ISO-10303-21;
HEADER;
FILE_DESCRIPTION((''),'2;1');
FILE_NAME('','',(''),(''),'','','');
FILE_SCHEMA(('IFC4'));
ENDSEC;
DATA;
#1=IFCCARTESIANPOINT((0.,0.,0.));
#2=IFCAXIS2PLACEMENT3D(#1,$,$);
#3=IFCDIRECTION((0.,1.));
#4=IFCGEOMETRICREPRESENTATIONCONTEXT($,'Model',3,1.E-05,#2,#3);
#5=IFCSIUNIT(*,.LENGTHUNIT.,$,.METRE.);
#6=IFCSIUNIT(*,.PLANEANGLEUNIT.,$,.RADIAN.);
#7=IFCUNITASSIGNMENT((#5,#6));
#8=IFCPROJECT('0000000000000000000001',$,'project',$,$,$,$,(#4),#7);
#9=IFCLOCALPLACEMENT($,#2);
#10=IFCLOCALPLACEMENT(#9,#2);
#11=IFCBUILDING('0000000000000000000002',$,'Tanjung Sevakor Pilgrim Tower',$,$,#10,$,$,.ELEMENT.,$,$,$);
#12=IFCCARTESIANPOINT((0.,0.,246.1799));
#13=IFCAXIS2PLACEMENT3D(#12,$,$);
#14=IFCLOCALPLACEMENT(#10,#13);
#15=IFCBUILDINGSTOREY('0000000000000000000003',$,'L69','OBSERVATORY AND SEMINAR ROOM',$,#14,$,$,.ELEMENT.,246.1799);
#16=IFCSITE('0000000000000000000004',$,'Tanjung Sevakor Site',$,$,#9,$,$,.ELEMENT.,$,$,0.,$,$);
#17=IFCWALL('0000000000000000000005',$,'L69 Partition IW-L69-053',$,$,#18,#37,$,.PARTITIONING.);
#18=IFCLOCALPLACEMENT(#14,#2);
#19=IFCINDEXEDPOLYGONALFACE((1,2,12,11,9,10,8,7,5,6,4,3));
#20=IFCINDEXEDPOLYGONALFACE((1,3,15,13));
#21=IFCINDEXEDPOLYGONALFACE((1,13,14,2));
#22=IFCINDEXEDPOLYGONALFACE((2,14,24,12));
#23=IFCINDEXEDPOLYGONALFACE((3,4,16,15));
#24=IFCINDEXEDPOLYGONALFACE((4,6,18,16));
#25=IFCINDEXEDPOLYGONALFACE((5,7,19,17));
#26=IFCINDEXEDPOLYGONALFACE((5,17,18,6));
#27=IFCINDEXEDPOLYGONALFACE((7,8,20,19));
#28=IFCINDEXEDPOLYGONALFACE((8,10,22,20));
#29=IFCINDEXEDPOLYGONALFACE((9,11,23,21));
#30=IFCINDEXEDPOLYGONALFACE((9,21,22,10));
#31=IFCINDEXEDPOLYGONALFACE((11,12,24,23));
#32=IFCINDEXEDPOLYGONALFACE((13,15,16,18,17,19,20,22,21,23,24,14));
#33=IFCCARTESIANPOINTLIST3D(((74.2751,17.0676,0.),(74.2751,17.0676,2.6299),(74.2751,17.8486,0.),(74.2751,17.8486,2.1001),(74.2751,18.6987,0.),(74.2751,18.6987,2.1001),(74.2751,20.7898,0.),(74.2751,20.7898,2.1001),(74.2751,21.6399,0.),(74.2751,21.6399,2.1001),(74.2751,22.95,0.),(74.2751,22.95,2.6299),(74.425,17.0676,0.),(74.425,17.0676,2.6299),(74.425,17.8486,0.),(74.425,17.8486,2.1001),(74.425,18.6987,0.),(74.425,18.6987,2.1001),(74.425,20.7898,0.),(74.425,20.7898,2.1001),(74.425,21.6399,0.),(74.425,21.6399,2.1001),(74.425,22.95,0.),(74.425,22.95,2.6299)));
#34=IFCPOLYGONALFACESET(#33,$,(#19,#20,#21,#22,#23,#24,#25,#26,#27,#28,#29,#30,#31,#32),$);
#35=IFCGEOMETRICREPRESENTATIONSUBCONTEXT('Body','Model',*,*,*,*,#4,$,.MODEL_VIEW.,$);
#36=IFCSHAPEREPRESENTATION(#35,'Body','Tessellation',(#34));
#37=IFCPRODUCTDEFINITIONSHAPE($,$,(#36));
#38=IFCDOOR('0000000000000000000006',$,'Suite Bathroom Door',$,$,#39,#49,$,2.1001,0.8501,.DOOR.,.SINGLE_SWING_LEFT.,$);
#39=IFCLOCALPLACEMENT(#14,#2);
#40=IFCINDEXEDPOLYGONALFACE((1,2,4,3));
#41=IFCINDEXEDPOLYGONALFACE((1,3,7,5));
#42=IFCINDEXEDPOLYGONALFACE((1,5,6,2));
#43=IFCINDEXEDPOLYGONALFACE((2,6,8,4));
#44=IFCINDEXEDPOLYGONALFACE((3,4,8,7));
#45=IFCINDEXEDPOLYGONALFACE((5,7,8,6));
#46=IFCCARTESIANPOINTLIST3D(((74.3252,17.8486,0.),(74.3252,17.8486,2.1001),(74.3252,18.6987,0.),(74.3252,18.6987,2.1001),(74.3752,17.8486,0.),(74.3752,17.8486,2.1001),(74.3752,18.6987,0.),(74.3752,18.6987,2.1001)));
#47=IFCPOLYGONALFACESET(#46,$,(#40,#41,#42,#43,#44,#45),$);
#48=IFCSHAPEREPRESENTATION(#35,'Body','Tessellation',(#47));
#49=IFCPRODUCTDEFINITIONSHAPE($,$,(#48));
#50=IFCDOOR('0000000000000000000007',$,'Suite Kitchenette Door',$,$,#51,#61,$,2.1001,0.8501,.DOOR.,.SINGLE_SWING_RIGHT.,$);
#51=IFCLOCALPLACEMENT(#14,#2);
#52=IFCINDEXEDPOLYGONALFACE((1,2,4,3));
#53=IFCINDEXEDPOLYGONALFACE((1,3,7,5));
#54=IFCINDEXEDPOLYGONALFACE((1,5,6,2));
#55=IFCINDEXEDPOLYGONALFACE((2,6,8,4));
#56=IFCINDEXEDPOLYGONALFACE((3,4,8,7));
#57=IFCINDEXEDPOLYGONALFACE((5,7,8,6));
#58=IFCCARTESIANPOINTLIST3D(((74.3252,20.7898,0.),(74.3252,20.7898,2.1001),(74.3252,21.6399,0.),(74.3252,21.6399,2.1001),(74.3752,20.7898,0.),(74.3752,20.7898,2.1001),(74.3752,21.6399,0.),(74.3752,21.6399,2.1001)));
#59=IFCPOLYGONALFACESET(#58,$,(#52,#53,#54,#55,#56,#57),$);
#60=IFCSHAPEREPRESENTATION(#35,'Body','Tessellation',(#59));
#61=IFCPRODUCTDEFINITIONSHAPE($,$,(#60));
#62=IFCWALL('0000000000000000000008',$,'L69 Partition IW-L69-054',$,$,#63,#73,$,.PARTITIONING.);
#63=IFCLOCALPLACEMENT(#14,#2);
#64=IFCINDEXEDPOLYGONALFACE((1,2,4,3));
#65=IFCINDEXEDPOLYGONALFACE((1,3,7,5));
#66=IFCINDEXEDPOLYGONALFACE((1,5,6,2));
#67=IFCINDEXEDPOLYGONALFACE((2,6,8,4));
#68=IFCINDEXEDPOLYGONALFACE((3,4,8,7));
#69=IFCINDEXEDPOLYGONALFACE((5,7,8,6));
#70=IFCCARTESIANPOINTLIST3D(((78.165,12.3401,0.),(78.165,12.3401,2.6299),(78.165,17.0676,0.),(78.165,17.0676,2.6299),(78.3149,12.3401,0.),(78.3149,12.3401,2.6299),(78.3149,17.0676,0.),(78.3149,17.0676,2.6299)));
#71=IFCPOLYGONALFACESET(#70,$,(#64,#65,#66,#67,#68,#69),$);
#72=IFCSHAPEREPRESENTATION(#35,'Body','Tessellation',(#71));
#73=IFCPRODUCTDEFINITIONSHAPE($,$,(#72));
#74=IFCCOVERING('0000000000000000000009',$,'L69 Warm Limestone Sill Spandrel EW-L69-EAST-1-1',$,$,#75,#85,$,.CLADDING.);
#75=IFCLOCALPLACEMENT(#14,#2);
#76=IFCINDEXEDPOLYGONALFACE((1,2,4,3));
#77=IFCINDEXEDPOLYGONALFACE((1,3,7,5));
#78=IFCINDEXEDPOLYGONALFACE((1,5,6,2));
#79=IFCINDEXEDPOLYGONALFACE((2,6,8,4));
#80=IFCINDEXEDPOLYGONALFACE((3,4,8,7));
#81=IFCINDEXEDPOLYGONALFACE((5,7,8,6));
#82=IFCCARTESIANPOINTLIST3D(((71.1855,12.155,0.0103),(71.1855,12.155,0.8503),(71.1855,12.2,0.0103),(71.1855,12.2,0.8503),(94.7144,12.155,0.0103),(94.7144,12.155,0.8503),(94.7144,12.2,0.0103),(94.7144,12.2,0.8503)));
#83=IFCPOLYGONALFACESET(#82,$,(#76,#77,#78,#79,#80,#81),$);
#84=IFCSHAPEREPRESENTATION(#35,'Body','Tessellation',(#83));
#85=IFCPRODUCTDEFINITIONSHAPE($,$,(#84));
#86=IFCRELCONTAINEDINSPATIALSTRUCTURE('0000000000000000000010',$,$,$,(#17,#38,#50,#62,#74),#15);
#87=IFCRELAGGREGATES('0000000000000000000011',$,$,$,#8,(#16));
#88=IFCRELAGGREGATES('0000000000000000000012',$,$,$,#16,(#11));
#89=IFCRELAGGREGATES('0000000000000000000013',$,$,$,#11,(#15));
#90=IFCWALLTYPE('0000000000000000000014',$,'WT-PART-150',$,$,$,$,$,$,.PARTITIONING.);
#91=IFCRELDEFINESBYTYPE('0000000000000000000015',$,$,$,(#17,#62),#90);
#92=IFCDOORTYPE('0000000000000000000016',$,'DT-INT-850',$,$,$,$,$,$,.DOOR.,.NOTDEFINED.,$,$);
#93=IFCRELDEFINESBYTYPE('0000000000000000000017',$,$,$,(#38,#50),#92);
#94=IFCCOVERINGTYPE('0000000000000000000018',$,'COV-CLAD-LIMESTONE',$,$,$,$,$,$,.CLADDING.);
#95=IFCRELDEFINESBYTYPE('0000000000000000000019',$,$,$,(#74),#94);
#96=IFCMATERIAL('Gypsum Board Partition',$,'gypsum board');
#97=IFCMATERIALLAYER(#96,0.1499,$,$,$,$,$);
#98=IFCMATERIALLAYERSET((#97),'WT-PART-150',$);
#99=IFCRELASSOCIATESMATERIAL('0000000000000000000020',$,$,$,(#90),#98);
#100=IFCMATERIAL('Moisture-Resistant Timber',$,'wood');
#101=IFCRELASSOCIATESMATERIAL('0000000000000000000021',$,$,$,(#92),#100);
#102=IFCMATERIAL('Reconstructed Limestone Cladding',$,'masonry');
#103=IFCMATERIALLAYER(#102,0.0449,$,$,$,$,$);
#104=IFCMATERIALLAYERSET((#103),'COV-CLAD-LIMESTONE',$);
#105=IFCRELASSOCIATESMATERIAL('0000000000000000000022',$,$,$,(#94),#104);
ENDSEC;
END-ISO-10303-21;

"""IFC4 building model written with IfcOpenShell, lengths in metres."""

from ifc_helpers import new_model, si_unit, direction, frame, frame_2d, origin, origin_2d, place, context, subcontext, project, spatial, rectangle, extrude, material, layer, layer_set, type_object, element, fill, save


model = new_model("IFC4")

# Units and contexts
model_context = context("Model", 3, precision=1e-05, world=origin(), true_north=direction((0.0, 1.0)))
body_context = subcontext(model_context, "Body", "Model", "MODEL_VIEW")
ifc_project = project(units=[si_unit("LENGTHUNIT", "METRE"), si_unit("PLANEANGLEUNIT", "RADIAN")], contexts=[model_context])

# Site, building, storey
site_placement = place(None, origin())
site = spatial("IfcSite", under=ifc_project, at=site_placement, Name="Tanjung Sevakor Site", CompositionType="ELEMENT", RefElevation=0.0)
building_placement = place(site_placement, origin())
building = spatial("IfcBuilding", under=site, at=building_placement, Name="Tanjung Sevakor Pilgrim Tower", CompositionType="ELEMENT")
storey_placement = place(building_placement, frame((0.0, 0.0, 246.1799)))
storey = spatial("IfcBuildingStorey", under=building, at=storey_placement, Name="L69", Description="OBSERVATORY AND SEMINAR ROOM", CompositionType="ELEMENT", Elevation=246.1799)

# Wall, openings, doors
ifc_material_1 = material(Name="Gypsum Board Partition", Category="gypsum board")
ifc_layer_1 = layer(ifc_material_1, 0.1499)
ifc_layer_set_1 = layer_set([ifc_layer_1], Name="WT-PART-150")
wall_type_1 = type_object("IfcWallType", Name="WT-PART-150", PredefinedType="PARTITIONING", material=ifc_layer_set_1)
wall_1_placement = place(storey_placement, frame((74.3501, 17.0676, 0.0), z_axis=(0.0, 0.0, 1.0), x_axis=(0.0, 1.0, 0.0)))
wall_1 = element("IfcWall", 1, at=wall_1_placement, inside=storey, type_object=wall_type_1, Name="L69 Partition IW-L69-053", PredefinedType="PARTITIONING", context=body_context, shape_type="SweptSolid", body=[
    extrude(rectangle(XDim=5.8823, YDim=0.1499, at=frame_2d((2.9412, 0.0))), origin(), (0.0, 0.0, 1.0), 2.6299),
])
opening_1_placement = place(wall_1_placement, frame((0.781, 0.0, 0.0)))
opening_1 = element("IfcOpeningElement", 2, at=opening_1_placement, cuts=wall_1, PredefinedType="OPENING", context=body_context, shape_type="SweptSolid", body=[
    extrude(rectangle(XDim=0.8501, YDim=2.1001, at=frame_2d((0.425, 1.05))), frame((0.0, 0.085, 0.0), z_axis=(0.0, -1.0, 0.0), x_axis=(1.0, 0.0, 0.0)), (0.0, 0.0, 1.0), 0.1699),
])
opening_2_placement = place(wall_1_placement, frame((3.7222, 0.0, 0.0)))
opening_2 = element("IfcOpeningElement", 3, at=opening_2_placement, cuts=wall_1, PredefinedType="OPENING", context=body_context, shape_type="SweptSolid", body=[
    extrude(rectangle(XDim=0.8501, YDim=2.1001, at=frame_2d((0.425, 1.05))), frame((0.0, 0.085, 0.0), z_axis=(0.0, -1.0, 0.0), x_axis=(1.0, 0.0, 0.0)), (0.0, 0.0, 1.0), 0.1699),
])
ifc_material_2 = material(Name="Moisture-Resistant Timber", Category="wood")
door_type_1 = type_object("IfcDoorType", Name="DT-INT-850", OperationType="NOTDEFINED", PredefinedType="DOOR", material=ifc_material_2)
door_1_placement = place(opening_1_placement, origin())
door_1 = element("IfcDoor", 4, at=door_1_placement, inside=storey, type_object=door_type_1, Name="Suite Bathroom Door", OperationType="SINGLE_SWING_LEFT", OverallHeight=2.1001, OverallWidth=0.8501, PredefinedType="DOOR", context=body_context, shape_type="SweptSolid", body=[
    extrude(rectangle(XDim=0.8501, YDim=2.1001, at=frame_2d((0.425, 1.05))), frame((0.0, 0.0249, 0.0), z_axis=(0.0, -1.0, 0.0), x_axis=(1.0, 0.0, 0.0)), (0.0, 0.0, 1.0), 0.05),
])
fill(opening_1, door_1)
door_2_placement = place(opening_2_placement, origin())
door_2 = element("IfcDoor", 5, at=door_2_placement, inside=storey, type_object=door_type_1, Name="Suite Kitchenette Door", OperationType="SINGLE_SWING_RIGHT", OverallHeight=2.1001, OverallWidth=0.8501, PredefinedType="DOOR", context=body_context, shape_type="SweptSolid", body=[
    extrude(rectangle(XDim=0.8501, YDim=2.1001, at=frame_2d((0.425, 1.05))), frame((0.0, 0.0249, 0.0), z_axis=(0.0, -1.0, 0.0), x_axis=(1.0, 0.0, 0.0)), (0.0, 0.0, 1.0), 0.05),
])
fill(opening_2, door_2)

# Wall
wall_2_placement = place(storey_placement, frame((78.24, 12.3401, 0.0), z_axis=(0.0, 0.0, 1.0), x_axis=(0.0, 1.0, 0.0)))
element("IfcWall", 6, at=wall_2_placement, inside=storey, type_object=wall_type_1, Name="L69 Partition IW-L69-054", PredefinedType="PARTITIONING", context=body_context, shape_type="SweptSolid", body=[
    extrude(rectangle(XDim=4.7275, YDim=0.1499, at=frame_2d((2.3638, 0.0))), origin(), (0.0, 0.0, 1.0), 2.6299),
])

# Covering
ifc_material_3 = material(Name="Reconstructed Limestone Cladding", Category="masonry")
ifc_layer_2 = layer(ifc_material_3, 0.0449)
ifc_layer_set_2 = layer_set([ifc_layer_2], Name="COV-CLAD-LIMESTONE")
covering_type = type_object("IfcCoveringType", Name="COV-CLAD-LIMESTONE", PredefinedType="CLADDING", material=ifc_layer_set_2)
covering_placement = place(storey_placement, frame((82.95, 12.1775, 0.0103), z_axis=(0.0, 0.0, 1.0), x_axis=(1.0, 0.0, 0.0)))
element("IfcCovering", 7, at=covering_placement, inside=storey, type_object=covering_type, Name="L69 Warm Limestone Sill Spandrel EW-L69-EAST-1-1", PredefinedType="CLADDING", context=body_context, shape_type="SweptSolid", body=[
    extrude(rectangle(XDim=23.5288, YDim=0.0449, at=origin_2d()), origin(), (0.0, 0.0, 1.0), 0.8401),
])

save(model, "model.ifc")
